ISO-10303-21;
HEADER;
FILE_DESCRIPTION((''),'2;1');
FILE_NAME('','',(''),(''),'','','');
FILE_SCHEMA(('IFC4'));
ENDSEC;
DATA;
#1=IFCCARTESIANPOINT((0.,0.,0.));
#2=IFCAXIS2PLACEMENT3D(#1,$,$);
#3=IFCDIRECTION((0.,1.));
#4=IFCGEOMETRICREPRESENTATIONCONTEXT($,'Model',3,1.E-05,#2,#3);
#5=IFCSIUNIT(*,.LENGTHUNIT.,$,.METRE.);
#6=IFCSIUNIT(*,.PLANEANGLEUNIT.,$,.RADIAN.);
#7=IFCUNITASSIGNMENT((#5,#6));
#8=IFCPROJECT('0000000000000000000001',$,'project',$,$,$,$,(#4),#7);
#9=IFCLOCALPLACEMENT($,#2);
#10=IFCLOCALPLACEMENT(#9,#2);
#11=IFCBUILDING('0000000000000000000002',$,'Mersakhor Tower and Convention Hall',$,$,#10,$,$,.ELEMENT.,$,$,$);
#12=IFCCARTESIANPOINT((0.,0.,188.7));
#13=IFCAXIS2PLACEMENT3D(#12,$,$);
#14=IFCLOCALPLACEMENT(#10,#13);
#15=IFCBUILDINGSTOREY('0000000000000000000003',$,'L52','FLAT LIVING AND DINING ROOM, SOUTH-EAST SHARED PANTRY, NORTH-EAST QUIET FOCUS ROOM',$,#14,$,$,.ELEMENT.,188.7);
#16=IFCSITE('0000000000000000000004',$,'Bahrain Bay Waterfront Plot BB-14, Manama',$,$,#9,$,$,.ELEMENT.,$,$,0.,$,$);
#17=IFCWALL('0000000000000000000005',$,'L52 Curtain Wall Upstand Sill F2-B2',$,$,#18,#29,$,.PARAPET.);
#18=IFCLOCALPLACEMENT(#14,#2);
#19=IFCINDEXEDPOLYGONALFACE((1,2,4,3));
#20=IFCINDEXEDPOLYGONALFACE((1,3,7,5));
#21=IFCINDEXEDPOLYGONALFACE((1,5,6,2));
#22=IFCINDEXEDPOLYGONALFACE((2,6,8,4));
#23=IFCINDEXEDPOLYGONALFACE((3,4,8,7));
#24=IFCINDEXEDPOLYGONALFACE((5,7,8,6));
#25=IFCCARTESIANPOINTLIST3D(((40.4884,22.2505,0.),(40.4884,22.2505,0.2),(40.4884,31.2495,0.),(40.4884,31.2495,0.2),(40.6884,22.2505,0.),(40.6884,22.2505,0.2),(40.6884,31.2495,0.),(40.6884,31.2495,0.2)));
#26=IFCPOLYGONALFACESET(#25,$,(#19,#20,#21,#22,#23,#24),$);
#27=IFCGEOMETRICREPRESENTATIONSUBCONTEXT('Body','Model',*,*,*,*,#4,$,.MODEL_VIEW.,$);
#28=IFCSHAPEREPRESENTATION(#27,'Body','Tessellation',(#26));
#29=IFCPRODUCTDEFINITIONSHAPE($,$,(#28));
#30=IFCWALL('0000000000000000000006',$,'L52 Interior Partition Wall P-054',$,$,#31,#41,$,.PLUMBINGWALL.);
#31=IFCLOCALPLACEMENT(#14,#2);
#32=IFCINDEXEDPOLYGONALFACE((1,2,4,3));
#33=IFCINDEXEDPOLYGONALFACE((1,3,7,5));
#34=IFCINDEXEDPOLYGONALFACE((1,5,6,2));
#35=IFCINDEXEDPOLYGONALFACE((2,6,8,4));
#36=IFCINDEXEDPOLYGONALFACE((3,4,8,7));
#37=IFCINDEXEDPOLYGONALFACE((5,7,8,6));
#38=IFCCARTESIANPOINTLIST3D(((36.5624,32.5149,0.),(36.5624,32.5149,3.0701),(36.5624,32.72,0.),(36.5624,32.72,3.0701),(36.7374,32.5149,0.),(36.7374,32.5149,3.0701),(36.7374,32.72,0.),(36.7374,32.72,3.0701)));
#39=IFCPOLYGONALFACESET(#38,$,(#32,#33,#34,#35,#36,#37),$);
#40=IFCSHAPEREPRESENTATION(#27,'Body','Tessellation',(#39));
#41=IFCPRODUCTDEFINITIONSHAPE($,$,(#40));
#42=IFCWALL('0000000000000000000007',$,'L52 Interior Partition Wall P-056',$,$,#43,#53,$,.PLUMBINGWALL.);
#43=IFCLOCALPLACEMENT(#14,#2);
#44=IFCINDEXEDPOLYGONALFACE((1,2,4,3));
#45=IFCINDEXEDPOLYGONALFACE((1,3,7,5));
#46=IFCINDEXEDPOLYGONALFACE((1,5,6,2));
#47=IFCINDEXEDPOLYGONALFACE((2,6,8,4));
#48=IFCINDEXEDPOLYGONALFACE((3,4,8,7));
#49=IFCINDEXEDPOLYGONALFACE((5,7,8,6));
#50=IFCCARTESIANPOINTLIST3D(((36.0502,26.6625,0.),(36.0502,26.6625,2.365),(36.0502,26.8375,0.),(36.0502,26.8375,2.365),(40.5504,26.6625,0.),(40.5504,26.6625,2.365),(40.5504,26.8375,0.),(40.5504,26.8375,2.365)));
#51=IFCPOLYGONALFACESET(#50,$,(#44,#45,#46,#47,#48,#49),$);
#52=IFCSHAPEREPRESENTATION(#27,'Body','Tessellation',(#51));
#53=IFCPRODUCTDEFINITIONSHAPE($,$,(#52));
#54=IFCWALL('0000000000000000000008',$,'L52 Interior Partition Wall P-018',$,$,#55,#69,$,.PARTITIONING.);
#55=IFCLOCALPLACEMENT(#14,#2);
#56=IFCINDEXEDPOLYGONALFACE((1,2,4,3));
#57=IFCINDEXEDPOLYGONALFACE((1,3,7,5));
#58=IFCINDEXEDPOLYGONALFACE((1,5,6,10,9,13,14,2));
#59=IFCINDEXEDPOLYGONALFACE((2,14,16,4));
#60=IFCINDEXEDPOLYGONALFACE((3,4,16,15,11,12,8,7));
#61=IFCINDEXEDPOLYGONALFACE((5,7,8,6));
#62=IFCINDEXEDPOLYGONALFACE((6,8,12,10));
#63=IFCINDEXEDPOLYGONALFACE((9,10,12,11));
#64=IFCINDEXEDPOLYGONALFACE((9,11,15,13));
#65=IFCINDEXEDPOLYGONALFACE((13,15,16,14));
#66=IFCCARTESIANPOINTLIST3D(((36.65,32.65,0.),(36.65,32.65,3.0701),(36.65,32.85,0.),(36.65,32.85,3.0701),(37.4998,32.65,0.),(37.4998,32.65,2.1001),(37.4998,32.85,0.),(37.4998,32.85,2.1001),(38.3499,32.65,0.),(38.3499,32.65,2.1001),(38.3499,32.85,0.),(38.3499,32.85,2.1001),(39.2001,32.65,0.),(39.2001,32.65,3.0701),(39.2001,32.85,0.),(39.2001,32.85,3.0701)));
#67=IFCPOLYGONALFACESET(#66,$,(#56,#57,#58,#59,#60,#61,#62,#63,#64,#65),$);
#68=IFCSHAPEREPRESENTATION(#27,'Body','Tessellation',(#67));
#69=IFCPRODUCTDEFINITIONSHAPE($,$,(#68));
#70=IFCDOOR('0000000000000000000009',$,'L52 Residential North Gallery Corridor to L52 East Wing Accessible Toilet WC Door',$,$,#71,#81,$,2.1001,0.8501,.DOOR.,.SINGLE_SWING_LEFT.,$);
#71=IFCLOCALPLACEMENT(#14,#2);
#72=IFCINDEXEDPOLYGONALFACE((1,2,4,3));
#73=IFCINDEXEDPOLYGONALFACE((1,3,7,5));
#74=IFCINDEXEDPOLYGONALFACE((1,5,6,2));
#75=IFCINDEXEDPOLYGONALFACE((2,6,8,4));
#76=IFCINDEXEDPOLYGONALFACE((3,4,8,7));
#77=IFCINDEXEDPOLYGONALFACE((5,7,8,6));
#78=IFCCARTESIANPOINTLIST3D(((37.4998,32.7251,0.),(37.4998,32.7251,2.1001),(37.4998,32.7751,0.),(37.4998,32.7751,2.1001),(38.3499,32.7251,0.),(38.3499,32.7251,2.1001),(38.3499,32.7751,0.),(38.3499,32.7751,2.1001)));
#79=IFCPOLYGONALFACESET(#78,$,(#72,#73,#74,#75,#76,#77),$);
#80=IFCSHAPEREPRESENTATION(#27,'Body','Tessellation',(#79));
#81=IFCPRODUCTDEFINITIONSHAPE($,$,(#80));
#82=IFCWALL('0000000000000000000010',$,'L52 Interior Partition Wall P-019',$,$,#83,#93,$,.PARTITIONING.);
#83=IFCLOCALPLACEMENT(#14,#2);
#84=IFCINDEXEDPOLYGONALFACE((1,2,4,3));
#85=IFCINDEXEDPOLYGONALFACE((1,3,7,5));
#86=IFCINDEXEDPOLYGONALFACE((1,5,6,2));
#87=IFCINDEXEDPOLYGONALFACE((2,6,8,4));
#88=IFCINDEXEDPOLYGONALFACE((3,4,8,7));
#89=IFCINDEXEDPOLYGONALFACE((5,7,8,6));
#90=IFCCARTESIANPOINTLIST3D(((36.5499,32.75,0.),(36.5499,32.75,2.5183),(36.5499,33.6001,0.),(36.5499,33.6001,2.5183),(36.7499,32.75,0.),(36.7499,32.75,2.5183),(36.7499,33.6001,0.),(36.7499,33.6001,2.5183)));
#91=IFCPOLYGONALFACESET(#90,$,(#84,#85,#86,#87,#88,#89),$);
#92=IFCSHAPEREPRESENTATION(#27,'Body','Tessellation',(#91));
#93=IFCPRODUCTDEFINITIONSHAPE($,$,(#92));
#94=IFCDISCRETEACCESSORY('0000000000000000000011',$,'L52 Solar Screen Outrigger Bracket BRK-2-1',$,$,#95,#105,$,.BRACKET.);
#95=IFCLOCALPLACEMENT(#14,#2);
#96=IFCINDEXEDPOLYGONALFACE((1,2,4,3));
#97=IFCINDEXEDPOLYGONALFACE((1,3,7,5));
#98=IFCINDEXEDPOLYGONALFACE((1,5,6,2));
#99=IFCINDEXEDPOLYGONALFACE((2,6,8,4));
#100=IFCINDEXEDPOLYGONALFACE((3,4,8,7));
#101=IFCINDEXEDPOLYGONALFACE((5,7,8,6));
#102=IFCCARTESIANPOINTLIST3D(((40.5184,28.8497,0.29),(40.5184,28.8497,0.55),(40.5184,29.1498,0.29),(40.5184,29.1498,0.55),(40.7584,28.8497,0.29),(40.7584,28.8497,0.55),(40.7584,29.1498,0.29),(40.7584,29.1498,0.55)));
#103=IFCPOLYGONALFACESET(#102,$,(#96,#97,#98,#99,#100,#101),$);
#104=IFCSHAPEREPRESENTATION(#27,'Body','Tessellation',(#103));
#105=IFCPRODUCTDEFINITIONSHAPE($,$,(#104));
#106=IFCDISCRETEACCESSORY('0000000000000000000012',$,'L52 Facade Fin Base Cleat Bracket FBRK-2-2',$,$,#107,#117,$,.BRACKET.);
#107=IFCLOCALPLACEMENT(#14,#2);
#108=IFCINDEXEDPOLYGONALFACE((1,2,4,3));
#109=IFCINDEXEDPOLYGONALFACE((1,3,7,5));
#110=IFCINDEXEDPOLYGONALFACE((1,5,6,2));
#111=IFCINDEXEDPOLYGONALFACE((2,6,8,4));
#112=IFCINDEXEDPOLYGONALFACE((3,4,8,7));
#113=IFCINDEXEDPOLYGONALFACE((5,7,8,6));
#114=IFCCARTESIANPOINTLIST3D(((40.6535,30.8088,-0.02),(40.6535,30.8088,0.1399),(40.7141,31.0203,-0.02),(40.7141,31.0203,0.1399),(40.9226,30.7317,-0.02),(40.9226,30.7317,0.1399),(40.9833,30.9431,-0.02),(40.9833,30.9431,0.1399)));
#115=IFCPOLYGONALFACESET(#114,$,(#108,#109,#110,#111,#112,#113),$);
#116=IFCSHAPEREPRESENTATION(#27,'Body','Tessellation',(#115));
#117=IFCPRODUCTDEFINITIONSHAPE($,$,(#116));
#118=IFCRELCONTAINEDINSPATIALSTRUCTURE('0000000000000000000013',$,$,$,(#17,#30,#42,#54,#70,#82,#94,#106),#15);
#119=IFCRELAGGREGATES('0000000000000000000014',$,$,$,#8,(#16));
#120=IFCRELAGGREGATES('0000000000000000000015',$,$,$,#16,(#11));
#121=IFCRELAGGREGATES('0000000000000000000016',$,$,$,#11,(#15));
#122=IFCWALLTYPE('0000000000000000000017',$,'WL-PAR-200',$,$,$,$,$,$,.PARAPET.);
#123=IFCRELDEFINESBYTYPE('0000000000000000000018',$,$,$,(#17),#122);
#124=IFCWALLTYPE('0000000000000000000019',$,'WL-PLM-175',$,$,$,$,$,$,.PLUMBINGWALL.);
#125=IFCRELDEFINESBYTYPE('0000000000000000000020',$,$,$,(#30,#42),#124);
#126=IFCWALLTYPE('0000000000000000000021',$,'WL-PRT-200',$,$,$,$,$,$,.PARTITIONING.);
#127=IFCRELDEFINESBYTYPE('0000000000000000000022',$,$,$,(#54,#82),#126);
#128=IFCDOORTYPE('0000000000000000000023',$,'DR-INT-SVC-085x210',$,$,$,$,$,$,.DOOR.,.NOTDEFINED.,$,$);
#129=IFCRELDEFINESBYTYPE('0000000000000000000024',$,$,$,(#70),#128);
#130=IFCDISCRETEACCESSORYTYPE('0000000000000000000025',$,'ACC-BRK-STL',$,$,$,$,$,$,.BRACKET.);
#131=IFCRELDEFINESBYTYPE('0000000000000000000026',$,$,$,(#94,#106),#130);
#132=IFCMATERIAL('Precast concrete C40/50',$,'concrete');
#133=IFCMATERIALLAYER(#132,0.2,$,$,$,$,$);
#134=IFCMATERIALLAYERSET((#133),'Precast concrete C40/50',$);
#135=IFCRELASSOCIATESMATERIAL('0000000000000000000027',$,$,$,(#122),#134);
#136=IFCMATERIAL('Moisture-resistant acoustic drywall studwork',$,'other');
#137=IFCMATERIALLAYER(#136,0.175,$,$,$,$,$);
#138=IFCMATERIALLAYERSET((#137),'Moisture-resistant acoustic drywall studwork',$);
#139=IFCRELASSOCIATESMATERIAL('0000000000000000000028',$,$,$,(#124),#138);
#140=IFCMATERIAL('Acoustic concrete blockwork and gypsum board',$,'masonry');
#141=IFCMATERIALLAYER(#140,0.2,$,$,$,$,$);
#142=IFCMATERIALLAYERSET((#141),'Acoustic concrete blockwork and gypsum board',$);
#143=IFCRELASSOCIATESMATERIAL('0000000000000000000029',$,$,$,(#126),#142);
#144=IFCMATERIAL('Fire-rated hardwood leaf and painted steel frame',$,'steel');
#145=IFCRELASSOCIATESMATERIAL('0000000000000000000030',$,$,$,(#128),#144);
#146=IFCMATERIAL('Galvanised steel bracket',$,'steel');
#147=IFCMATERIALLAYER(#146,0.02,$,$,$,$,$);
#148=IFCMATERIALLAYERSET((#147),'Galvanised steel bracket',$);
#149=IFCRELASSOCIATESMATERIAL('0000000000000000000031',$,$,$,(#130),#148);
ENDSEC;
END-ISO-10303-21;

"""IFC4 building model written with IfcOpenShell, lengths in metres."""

from ifc_helpers import new_model, si_unit, direction, frame, frame_2d, origin, origin_2d, place, context, subcontext, project, spatial, rectangle, extrude, material, layer, layer_set, type_object, element, fill, save


model = new_model("IFC4")

# Units and contexts
model_context = context("Model", 3, precision=1e-05, world=origin(), true_north=direction((0.0, 1.0)))
body_context = subcontext(model_context, "Body", "Model", "MODEL_VIEW")
ifc_project = project(units=[si_unit("LENGTHUNIT", "METRE"), si_unit("PLANEANGLEUNIT", "RADIAN")], contexts=[model_context])

# Site, building, storey
site_placement = place(None, origin())
site = spatial("IfcSite", under=ifc_project, at=site_placement, Name="Bahrain Bay Waterfront Plot BB-14, Manama", CompositionType="ELEMENT", RefElevation=0.0)
building_placement = place(site_placement, origin())
building = spatial("IfcBuilding", under=site, at=building_placement, Name="Mersakhor Tower and Convention Hall", CompositionType="ELEMENT")
storey_placement = place(building_placement, frame((0.0, 0.0, 188.7)))
storey = spatial("IfcBuildingStorey", under=building, at=storey_placement, Name="L52", Description="FLAT LIVING AND DINING ROOM, SOUTH-EAST SHARED PANTRY, NORTH-EAST QUIET FOCUS ROOM", CompositionType="ELEMENT", Elevation=188.7)

# Walls
ifc_material_1 = material(Name="Precast concrete C40/50", Category="concrete")
ifc_layer_1 = layer(ifc_material_1, 0.2)
ifc_layer_set_1 = layer_set([ifc_layer_1], Name="Precast concrete C40/50")
wall_type_1 = type_object("IfcWallType", Name="WL-PAR-200", PredefinedType="PARAPET", material=ifc_layer_set_1)
wall_1_placement = place(storey_placement, frame((40.5884, 31.2495, 0.0), z_axis=(0.0, 0.0, 1.0), x_axis=(0.0, -1.0, 0.0)))
element("IfcWall", 1, at=wall_1_placement, inside=storey, type_object=wall_type_1, Name="L52 Curtain Wall Upstand Sill F2-B2", PredefinedType="PARAPET", context=body_context, shape_type="SweptSolid", body=[
    extrude(rectangle(XDim=8.999, YDim=0.2, at=frame_2d((4.4995, 0.0))), origin(), (0.0, 0.0, 1.0), 0.2),
])
ifc_material_2 = material(Name="Moisture-resistant acoustic drywall studwork", Category="other")
ifc_layer_2 = layer(ifc_material_2, 0.175)
ifc_layer_set_2 = layer_set([ifc_layer_2], Name="Moisture-resistant acoustic drywall studwork")
wall_type_2 = type_object("IfcWallType", Name="WL-PLM-175", PredefinedType="PLUMBINGWALL", material=ifc_layer_set_2)
wall_2_placement = place(storey_placement, frame((36.6499, 32.5149, 0.0), z_axis=(0.0, 0.0, 1.0), x_axis=(0.0, 1.0, 0.0)))
element("IfcWall", 2, at=wall_2_placement, inside=storey, type_object=wall_type_2, Name="L52 Interior Partition Wall P-054", PredefinedType="PLUMBINGWALL", context=body_context, shape_type="SweptSolid", body=[
    extrude(rectangle(XDim=0.2051, YDim=0.175, at=frame_2d((0.1025, 0.0))), origin(), (0.0, 0.0, 1.0), 3.0701),
])
wall_3_placement = place(storey_placement, frame((40.5503, 26.75, 0.0), z_axis=(0.0, 0.0, 1.0), x_axis=(-1.0, 0.0, 0.0)))
element("IfcWall", 3, at=wall_3_placement, inside=storey, type_object=wall_type_2, Name="L52 Interior Partition Wall P-056", PredefinedType="PLUMBINGWALL", context=body_context, shape_type="SweptSolid", body=[
    extrude(rectangle(XDim=4.5002, YDim=0.175, at=frame_2d((2.25, 0.0))), origin(), (0.0, 0.0, 1.0), 2.365),
])

# Wall, opening, door
ifc_material_3 = material(Name="Acoustic concrete blockwork and gypsum board", Category="masonry")
ifc_layer_3 = layer(ifc_material_3, 0.2)
ifc_layer_set_3 = layer_set([ifc_layer_3], Name="Acoustic concrete blockwork and gypsum board")
wall_type_3 = type_object("IfcWallType", Name="WL-PRT-200", PredefinedType="PARTITIONING", material=ifc_layer_set_3)
wall_4_placement = place(storey_placement, frame((39.2, 32.75, 0.0), z_axis=(0.0, 0.0, 1.0), x_axis=(-1.0, 0.0, 0.0)))
wall_4 = element("IfcWall", 4, at=wall_4_placement, inside=storey, type_object=wall_type_3, Name="L52 Interior Partition Wall P-018", PredefinedType="PARTITIONING", context=body_context, shape_type="SweptSolid", body=[
    extrude(rectangle(XDim=2.55, YDim=0.2, at=frame_2d((1.2749, 0.0))), origin(), (0.0, 0.0, 1.0), 3.0701),
])
opening_placement = place(wall_4_placement, frame((0.8501, 0.0, 0.0)))
opening = element("IfcOpeningElement", 5, at=opening_placement, cuts=wall_4, PredefinedType="OPENING", context=body_context, shape_type="SweptSolid", body=[
    extrude(rectangle(XDim=0.8501, YDim=2.1001, at=frame_2d((0.425, 1.05))), frame((0.0, 0.1099, 0.0), z_axis=(0.0, -1.0, 0.0), x_axis=(1.0, 0.0, 0.0)), (0.0, 0.0, 1.0), 0.22),
])
ifc_material_4 = material(Name="Fire-rated hardwood leaf and painted steel frame", Category="steel")
door_type = type_object("IfcDoorType", Name="DR-INT-SVC-085x210", OperationType="NOTDEFINED", PredefinedType="DOOR", material=ifc_material_4)
door_placement = place(opening_placement, origin())
door = element("IfcDoor", 6, at=door_placement, inside=storey, type_object=door_type, Name="L52 Residential North Gallery Corridor to L52 East Wing Accessible Toilet WC Door", OperationType="SINGLE_SWING_LEFT", OverallHeight=2.1001, OverallWidth=0.8501, PredefinedType="DOOR", context=body_context, shape_type="SweptSolid", body=[
    extrude(rectangle(XDim=0.8501, YDim=2.1001, at=frame_2d((0.425, 1.05))), frame((0.0, 0.0249, 0.0), z_axis=(0.0, -1.0, 0.0), x_axis=(1.0, 0.0, 0.0)), (0.0, 0.0, 1.0), 0.05),
])
fill(opening, door)

# Wall
wall_5_placement = place(storey_placement, frame((36.6499, 32.75, 0.0), z_axis=(0.0, 0.0, 1.0), x_axis=(0.0, 1.0, 0.0)))
element("IfcWall", 7, at=wall_5_placement, inside=storey, type_object=wall_type_3, Name="L52 Interior Partition Wall P-019", PredefinedType="PARTITIONING", context=body_context, shape_type="SweptSolid", body=[
    extrude(rectangle(XDim=0.8501, YDim=0.2, at=frame_2d((0.425, 0.0))), origin(), (0.0, 0.0, 1.0), 2.5183),
])

# Discrete accessories
ifc_material_5 = material(Name="Galvanised steel bracket", Category="steel")
ifc_layer_4 = layer(ifc_material_5, 0.02)
ifc_layer_set_4 = layer_set([ifc_layer_4], Name="Galvanised steel bracket")
discrete_accessory_type = type_object("IfcDiscreteAccessoryType", Name="ACC-BRK-STL", PredefinedType="BRACKET", material=ifc_layer_set_4)
discrete_accessory_1_placement = place(storey_placement, frame((40.6384, 28.9998, 0.29), z_axis=(0.0, 0.0, 1.0), x_axis=(0.0, -1.0, 0.0)))
element("IfcDiscreteAccessory", 8, at=discrete_accessory_1_placement, inside=storey, type_object=discrete_accessory_type, Name="L52 Solar Screen Outrigger Bracket BRK-2-1", PredefinedType="BRACKET", context=body_context, shape_type="SweptSolid", body=[
    extrude(rectangle(XDim=0.3, YDim=0.24, at=origin_2d()), origin(), (0.0, 0.0, 1.0), 0.26),
])
discrete_accessory_2_placement = place(storey_placement, frame((40.8184, 30.876, -0.02), z_axis=(0.0, 0.0, 1.0), x_axis=(0.961262, -0.275637, 0.0)))
element("IfcDiscreteAccessory", 9, at=discrete_accessory_2_placement, inside=storey, type_object=discrete_accessory_type, Name="L52 Facade Fin Base Cleat Bracket FBRK-2-2", PredefinedType="BRACKET", context=body_context, shape_type="SweptSolid", body=[
    extrude(rectangle(XDim=0.28, YDim=0.22, at=origin_2d()), origin(), (0.0, 0.0, 1.0), 0.1599),
])

save(model, "model.ifc")
